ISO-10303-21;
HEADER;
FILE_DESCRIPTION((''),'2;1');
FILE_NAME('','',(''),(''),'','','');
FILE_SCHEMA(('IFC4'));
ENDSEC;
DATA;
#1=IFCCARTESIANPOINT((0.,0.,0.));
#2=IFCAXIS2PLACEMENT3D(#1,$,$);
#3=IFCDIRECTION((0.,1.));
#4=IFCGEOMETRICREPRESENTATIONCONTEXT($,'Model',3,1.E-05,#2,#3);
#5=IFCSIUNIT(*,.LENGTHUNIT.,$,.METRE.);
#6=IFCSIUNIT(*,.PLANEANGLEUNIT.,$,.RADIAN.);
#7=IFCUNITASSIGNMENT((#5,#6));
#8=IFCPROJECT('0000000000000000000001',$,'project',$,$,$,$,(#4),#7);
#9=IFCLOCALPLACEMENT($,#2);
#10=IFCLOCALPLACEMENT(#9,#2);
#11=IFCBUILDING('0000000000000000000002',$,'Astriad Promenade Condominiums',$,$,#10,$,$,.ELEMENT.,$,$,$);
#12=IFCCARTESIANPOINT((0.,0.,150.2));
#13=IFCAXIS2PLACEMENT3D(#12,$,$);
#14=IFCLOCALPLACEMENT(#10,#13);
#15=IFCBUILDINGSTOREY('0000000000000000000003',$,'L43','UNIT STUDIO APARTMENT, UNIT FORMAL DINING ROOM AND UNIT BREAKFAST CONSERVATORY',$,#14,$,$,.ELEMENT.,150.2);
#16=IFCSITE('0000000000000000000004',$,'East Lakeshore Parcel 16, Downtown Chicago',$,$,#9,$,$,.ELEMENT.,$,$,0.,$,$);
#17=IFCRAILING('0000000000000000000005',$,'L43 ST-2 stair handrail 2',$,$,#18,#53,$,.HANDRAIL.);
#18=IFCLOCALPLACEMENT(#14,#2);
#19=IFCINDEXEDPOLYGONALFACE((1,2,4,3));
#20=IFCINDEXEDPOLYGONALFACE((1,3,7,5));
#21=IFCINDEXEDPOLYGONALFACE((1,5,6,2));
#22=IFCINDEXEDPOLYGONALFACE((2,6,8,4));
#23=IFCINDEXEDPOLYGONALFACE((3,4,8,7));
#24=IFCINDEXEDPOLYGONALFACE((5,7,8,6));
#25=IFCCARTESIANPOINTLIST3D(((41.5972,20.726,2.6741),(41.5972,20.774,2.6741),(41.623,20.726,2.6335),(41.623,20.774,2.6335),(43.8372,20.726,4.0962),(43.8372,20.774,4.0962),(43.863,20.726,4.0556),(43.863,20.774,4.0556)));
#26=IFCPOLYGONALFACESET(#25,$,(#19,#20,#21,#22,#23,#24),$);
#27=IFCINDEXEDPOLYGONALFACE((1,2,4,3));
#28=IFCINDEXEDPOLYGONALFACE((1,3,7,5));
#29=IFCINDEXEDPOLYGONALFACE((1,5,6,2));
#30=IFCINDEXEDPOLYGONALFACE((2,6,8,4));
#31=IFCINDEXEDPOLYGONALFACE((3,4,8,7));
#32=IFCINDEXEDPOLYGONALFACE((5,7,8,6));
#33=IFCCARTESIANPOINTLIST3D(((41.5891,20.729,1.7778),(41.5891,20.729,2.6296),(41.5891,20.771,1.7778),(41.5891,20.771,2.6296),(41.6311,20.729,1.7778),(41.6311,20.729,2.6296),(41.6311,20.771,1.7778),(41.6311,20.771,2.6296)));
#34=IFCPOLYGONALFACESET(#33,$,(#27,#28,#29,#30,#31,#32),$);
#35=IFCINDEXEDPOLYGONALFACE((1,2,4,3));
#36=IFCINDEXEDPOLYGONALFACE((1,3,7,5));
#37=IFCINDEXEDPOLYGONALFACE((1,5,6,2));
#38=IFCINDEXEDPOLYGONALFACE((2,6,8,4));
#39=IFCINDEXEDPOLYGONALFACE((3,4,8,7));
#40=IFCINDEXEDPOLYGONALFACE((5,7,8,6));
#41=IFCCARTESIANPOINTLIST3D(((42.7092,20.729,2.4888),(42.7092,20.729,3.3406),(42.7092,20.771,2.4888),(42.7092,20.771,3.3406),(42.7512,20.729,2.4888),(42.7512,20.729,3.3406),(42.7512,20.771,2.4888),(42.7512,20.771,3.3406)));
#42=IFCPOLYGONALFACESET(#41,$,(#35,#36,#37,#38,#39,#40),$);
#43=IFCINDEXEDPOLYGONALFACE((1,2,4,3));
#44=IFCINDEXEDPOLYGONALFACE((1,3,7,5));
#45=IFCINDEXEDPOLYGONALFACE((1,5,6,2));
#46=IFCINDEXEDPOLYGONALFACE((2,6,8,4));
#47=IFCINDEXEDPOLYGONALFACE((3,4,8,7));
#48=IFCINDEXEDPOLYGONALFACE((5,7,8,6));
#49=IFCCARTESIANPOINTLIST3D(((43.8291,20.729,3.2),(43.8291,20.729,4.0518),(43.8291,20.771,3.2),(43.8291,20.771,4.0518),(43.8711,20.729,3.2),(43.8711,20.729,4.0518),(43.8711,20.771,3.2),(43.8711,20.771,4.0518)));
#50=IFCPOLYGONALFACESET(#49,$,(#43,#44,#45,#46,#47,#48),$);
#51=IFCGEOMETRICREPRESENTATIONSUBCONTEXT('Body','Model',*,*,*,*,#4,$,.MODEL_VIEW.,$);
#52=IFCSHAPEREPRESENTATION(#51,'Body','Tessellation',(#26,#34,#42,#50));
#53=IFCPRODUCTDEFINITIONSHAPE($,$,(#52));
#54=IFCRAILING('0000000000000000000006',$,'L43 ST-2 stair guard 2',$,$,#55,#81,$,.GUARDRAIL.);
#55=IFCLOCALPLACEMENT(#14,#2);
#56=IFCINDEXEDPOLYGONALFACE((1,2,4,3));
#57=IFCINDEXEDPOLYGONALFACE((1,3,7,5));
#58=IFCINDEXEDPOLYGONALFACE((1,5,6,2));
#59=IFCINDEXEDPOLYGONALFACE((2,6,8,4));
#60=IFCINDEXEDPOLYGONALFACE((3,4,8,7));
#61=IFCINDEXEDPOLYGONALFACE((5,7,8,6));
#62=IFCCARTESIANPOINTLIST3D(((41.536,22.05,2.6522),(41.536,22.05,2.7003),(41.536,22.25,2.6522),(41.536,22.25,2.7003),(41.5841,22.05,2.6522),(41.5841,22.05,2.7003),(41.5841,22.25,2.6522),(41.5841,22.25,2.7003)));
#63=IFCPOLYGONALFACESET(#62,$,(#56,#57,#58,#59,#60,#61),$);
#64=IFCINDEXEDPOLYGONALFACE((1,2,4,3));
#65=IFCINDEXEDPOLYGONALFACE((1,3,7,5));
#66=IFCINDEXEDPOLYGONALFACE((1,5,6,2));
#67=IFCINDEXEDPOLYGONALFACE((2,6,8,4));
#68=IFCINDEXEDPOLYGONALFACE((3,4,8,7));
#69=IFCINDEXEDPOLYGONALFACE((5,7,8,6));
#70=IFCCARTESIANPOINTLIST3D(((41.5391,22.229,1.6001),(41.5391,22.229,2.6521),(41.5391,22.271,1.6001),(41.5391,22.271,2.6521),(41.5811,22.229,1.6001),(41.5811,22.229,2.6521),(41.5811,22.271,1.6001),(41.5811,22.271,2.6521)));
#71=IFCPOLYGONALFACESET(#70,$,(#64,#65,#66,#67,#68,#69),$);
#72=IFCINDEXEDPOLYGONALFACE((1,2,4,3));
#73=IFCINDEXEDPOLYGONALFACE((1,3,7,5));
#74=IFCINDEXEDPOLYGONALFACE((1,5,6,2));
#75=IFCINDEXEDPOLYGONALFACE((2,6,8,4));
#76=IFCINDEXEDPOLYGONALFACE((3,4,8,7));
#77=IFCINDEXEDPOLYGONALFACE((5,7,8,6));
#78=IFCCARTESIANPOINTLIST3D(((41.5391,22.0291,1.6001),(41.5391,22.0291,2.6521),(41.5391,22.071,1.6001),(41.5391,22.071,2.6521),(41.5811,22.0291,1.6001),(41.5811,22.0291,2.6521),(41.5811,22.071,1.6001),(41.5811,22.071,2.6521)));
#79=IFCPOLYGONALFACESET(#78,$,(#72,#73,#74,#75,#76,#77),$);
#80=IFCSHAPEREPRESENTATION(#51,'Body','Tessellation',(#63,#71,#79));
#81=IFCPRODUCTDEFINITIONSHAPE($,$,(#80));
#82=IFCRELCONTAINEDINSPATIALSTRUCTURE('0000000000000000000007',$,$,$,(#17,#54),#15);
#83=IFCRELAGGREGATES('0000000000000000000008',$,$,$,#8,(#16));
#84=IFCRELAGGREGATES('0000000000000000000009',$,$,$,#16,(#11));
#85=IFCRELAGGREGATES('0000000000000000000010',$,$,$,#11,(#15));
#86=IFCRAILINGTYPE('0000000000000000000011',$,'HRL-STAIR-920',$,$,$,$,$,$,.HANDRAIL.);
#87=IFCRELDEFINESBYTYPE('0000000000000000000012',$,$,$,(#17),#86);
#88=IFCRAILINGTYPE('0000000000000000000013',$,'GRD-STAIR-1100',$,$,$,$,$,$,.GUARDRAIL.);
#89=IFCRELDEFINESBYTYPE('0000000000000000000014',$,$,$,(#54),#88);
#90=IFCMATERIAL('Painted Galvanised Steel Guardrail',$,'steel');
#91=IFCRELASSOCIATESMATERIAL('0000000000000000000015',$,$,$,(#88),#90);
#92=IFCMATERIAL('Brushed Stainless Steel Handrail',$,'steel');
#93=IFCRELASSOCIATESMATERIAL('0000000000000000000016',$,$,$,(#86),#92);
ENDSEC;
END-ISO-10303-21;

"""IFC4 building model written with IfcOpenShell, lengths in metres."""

from ifc_helpers import new_model, si_unit, direction, frame, origin, origin_2d, place, context, subcontext, project, spatial, rectangle, extrude, source, transform, mapped, material, type_object, type_shapes, element, save


model = new_model("IFC4")

# Units and contexts
model_context = context("Model", 3, precision=1e-05, world=origin(), true_north=direction((0.0, 1.0)))
body_context = subcontext(model_context, "Body", "Model", "MODEL_VIEW")
ifc_project = project(units=[si_unit("LENGTHUNIT", "METRE"), si_unit("PLANEANGLEUNIT", "RADIAN")], contexts=[model_context])

# Site, building, storey
site_placement = place(None, origin())
site = spatial("IfcSite", under=ifc_project, at=site_placement, Name="East Lakeshore Parcel 16, Downtown Chicago", CompositionType="ELEMENT", RefElevation=0.0)
building_placement = place(site_placement, origin())
building = spatial("IfcBuilding", under=site, at=building_placement, Name="Astriad Promenade Condominiums", CompositionType="ELEMENT")
storey_placement = place(building_placement, frame((0.0, 0.0, 150.2)))
storey = spatial("IfcBuildingStorey", under=building, at=storey_placement, Name="L43", Description="UNIT STUDIO APARTMENT, UNIT FORMAL DINING ROOM AND UNIT BREAKFAST CONSERVATORY", CompositionType="ELEMENT", Elevation=150.2)

# Railings
ifc_material_1 = material(Name="Painted Galvanised Steel Guardrail", Category="steel")
railing_type_1 = type_object("IfcRailingType", Name="GRD-STAIR-1100", PredefinedType="GUARDRAIL", material=ifc_material_1)
ifc_material_2 = material(Name="Brushed Stainless Steel Handrail", Category="steel")
railing_type_2 = type_object("IfcRailingType", Name="HRL-STAIR-920", PredefinedType="HANDRAIL", material=ifc_material_2)
shared_shape_1 = source(origin(), body_context, "Body", "SweptSolid", [
    extrude(rectangle(XDim=0.0481, YDim=0.0481, at=origin_2d()), frame((0.0, 0.0, 0.876), z_axis=(0.844229, 0.0, 0.535982), x_axis=(0.0, 1.0, 0.0)), (0.0, 0.0, 1.0), 2.6533),
    extrude(rectangle(XDim=0.042, YDim=0.042, at=origin_2d()), origin(), (0.0, 0.0, 1.0), 0.8518),
    extrude(rectangle(XDim=0.042, YDim=0.042, at=origin_2d()), frame((1.1201, 0.0, 0.7109)), (0.0, 0.0, 1.0), 0.8518),
    extrude(rectangle(XDim=0.042, YDim=0.042, at=origin_2d()), frame((2.24, 0.0, 1.4221)), (0.0, 0.0, 1.0), 0.8518),
])
type_shapes(railing_type_2, [shared_shape_1])
railing_1_placement = place(storey_placement, frame((41.6101, 20.75, 1.7778)))
element("IfcRailing", 1, at=railing_1_placement, inside=storey, type_object=railing_type_2, Name="L43 ST-2 stair handrail 2", PredefinedType="HANDRAIL", context=body_context, shape_type="MappedRepresentation", body=[
    mapped(shared_shape_1, transform((0.0, 0.0, 0.0), scale=1.0)),
])
shared_shape_2 = source(origin(), body_context, "Body", "SweptSolid", [
    extrude(rectangle(XDim=0.0481, YDim=0.0481, at=origin_2d()), frame((0.0, 0.0, 1.0762), z_axis=(0.0, -1.0, 0.0), x_axis=(1.0, 0.0, 0.0)), (0.0, 0.0, 1.0), 0.2),
    extrude(rectangle(XDim=0.042, YDim=0.042, at=origin_2d()), origin(), (0.0, 0.0, 1.0), 1.052),
    extrude(rectangle(XDim=0.042, YDim=0.042, at=origin_2d()), frame((0.0, -0.2, 0.0)), (0.0, 0.0, 1.0), 1.052),
])
railing_2_placement = place(storey_placement, frame((41.5601, 22.25, 1.6001)))
element("IfcRailing", 2, at=railing_2_placement, inside=storey, type_object=railing_type_1, Name="L43 ST-2 stair guard 2", PredefinedType="GUARDRAIL", context=body_context, shape_type="MappedRepresentation", body=[
    mapped(shared_shape_2, transform((0.0, 0.0, 0.0), scale=1.0)),
])

save(model, "model.ifc")
